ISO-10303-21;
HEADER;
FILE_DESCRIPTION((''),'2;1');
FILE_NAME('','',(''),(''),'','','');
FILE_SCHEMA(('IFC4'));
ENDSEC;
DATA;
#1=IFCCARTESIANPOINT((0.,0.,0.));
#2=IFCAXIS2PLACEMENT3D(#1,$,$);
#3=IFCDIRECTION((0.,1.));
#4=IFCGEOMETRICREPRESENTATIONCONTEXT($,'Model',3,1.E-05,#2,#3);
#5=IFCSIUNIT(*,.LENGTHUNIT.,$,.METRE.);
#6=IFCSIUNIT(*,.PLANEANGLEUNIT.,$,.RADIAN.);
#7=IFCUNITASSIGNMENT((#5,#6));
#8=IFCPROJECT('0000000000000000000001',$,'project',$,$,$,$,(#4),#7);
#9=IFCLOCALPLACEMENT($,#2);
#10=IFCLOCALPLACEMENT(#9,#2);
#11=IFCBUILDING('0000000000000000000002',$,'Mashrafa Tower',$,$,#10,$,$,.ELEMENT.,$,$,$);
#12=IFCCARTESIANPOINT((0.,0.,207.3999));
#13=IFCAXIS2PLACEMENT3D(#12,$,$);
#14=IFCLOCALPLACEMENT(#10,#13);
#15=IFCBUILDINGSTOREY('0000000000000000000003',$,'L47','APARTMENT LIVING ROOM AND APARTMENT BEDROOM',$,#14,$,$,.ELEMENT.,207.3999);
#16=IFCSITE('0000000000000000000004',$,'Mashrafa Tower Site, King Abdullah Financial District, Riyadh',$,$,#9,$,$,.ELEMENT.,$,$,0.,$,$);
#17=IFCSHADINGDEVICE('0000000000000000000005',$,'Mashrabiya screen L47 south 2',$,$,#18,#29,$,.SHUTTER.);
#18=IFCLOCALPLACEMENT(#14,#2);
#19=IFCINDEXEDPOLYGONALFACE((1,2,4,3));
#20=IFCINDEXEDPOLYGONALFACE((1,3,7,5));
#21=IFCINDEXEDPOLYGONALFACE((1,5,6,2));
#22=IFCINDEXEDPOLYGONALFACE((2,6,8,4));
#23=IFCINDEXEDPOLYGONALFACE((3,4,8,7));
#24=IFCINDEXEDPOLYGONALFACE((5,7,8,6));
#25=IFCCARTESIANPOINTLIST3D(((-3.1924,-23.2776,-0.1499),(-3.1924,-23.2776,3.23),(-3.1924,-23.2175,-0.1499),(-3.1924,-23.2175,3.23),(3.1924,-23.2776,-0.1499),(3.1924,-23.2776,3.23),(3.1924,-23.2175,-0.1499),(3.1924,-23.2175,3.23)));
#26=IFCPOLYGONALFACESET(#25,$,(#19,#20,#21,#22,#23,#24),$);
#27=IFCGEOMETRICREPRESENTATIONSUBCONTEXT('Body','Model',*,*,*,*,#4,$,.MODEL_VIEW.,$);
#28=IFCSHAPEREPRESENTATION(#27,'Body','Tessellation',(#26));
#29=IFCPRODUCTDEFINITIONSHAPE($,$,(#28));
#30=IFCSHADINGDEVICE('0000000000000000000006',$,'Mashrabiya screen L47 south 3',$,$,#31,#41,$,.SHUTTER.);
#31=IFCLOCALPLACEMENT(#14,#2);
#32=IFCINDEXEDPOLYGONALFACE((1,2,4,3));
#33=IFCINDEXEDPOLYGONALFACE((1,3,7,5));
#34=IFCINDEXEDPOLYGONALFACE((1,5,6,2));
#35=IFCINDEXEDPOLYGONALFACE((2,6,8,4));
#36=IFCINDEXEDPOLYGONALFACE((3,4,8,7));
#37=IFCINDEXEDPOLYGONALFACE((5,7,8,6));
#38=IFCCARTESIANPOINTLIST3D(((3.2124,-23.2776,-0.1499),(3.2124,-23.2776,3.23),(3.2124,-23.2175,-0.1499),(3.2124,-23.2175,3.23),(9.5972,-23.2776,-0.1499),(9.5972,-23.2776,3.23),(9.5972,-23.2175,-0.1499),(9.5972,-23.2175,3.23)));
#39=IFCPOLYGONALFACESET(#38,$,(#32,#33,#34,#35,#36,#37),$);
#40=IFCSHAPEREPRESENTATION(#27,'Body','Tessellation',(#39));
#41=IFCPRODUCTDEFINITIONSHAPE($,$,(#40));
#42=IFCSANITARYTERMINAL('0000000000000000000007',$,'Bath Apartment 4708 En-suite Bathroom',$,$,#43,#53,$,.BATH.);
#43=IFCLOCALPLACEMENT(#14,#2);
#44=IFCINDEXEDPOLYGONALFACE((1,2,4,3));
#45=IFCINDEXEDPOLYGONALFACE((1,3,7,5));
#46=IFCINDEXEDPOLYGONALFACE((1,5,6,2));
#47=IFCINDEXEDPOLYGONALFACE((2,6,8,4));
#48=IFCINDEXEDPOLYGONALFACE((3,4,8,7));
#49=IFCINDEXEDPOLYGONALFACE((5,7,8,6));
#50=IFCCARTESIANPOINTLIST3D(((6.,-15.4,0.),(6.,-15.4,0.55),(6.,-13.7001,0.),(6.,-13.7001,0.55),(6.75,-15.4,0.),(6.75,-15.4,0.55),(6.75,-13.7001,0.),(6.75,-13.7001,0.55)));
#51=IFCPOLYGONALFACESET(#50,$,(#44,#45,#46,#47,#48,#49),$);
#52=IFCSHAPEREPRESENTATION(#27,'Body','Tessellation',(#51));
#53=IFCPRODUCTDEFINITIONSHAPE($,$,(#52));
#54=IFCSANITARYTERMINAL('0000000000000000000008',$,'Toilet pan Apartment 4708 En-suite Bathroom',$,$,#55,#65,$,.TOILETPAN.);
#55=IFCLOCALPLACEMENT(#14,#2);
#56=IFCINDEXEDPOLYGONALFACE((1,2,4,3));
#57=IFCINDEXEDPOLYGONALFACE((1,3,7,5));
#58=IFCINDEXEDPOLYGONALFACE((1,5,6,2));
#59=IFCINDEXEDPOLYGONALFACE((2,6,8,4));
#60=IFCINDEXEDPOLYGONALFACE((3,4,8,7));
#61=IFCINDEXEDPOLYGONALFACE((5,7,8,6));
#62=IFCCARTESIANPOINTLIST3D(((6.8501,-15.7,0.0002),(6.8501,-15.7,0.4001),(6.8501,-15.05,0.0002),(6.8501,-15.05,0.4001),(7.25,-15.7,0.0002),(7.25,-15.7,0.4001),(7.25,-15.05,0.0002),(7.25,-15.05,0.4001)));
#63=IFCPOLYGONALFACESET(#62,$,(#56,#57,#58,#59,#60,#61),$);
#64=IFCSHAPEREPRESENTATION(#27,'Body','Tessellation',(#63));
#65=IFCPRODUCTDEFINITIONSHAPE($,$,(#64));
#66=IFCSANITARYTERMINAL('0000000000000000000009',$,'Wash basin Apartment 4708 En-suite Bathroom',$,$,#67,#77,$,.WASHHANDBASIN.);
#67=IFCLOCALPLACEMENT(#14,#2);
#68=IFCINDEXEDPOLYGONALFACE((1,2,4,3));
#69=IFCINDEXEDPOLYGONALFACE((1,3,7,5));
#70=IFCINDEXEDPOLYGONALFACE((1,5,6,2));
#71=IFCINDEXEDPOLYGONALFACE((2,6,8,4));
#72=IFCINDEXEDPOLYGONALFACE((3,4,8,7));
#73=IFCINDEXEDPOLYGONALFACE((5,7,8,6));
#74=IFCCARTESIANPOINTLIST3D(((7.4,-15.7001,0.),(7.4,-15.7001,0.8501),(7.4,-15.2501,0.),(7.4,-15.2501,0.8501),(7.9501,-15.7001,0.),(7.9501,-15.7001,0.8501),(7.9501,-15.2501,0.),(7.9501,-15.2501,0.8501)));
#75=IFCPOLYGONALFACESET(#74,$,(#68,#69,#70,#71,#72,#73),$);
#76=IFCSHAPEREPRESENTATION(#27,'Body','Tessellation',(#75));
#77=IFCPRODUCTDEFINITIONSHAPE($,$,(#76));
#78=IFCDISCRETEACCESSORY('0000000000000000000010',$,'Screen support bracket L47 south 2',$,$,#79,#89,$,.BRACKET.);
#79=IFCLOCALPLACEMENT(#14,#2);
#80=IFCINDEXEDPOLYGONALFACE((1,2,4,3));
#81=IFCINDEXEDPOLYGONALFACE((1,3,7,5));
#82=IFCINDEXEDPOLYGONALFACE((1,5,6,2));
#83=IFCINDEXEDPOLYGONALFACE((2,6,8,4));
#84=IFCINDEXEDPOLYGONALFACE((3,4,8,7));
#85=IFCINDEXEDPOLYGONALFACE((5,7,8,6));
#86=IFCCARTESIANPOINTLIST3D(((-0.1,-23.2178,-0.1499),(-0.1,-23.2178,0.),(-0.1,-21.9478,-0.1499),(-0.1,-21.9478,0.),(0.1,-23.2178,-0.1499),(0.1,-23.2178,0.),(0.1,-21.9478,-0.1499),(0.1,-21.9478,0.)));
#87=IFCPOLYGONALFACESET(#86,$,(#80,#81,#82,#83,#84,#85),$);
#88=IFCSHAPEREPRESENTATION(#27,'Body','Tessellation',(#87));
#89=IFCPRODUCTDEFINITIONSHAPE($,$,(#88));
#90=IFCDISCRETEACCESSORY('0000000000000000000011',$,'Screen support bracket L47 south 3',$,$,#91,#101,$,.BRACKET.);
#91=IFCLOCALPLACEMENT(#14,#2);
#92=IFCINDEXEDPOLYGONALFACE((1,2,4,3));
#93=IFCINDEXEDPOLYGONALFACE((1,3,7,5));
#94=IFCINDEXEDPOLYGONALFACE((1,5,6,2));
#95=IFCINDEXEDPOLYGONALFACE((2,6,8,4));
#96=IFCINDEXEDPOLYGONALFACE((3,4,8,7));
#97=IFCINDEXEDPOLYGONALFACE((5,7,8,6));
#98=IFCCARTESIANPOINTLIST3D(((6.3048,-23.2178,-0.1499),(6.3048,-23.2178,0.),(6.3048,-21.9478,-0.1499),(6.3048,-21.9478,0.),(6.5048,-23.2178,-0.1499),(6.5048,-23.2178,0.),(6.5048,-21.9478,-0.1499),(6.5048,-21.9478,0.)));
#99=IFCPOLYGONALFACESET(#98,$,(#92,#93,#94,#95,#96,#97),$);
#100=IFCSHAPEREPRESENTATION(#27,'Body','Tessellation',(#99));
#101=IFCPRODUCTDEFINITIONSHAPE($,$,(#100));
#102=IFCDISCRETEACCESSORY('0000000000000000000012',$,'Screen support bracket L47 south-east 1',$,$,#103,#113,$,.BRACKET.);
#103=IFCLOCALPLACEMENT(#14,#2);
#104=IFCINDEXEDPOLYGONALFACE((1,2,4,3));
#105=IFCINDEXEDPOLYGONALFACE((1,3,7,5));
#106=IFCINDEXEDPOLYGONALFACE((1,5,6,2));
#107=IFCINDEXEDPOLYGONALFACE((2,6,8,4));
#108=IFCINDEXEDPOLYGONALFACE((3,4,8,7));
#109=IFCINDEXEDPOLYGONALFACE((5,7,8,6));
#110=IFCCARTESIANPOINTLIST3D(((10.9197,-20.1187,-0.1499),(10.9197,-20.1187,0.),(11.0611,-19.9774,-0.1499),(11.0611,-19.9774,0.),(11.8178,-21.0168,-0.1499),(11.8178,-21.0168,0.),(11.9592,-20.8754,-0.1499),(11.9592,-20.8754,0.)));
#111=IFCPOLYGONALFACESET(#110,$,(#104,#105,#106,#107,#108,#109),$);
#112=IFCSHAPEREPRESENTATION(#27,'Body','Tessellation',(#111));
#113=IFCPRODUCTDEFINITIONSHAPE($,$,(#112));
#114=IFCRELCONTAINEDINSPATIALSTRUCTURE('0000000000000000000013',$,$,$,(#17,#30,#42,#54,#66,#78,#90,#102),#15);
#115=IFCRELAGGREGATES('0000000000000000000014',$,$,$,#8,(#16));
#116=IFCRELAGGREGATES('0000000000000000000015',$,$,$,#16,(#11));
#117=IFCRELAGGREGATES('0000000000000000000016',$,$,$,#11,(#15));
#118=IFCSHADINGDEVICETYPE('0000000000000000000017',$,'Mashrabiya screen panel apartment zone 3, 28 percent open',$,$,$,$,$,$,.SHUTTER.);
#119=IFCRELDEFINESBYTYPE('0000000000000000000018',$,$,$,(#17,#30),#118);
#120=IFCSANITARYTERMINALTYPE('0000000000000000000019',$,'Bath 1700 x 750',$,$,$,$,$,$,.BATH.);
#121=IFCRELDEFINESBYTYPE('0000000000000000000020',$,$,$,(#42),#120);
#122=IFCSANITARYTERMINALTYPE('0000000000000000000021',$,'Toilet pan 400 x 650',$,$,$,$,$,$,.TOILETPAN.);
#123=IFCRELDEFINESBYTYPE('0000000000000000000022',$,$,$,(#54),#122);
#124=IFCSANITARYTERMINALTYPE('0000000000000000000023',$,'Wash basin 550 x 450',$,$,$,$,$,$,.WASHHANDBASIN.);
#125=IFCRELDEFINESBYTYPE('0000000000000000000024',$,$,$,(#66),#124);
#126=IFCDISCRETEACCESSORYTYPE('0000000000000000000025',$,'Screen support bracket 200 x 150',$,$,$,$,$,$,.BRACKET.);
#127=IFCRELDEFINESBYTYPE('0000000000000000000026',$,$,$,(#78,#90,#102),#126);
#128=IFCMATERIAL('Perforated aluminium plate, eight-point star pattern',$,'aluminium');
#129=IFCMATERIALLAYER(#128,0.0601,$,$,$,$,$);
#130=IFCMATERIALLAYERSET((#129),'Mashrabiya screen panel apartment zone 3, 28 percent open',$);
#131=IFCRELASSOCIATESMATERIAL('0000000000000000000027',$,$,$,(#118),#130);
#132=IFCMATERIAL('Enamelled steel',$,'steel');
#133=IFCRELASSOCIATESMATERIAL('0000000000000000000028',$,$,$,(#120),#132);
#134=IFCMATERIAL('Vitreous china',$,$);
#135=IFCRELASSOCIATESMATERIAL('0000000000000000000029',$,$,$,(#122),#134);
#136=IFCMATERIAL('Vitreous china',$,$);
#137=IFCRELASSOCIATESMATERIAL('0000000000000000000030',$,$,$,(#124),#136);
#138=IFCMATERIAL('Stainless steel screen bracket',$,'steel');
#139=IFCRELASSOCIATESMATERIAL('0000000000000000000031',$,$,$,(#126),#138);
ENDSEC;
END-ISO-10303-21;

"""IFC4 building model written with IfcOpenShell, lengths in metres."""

from ifc_helpers import new_model, si_unit, direction, frame, origin, origin_2d, place, context, subcontext, project, spatial, rectangle, extrude, source, transform, mapped, material, layer, layer_set, type_object, type_shapes, element, save


model = new_model("IFC4")

# Units and contexts
model_context = context("Model", 3, precision=1e-05, world=origin(), true_north=direction((0.0, 1.0)))
body_context = subcontext(model_context, "Body", "Model", "MODEL_VIEW")
ifc_project = project(units=[si_unit("LENGTHUNIT", "METRE"), si_unit("PLANEANGLEUNIT", "RADIAN")], contexts=[model_context])

# Site, building, storey
site_placement = place(None, origin())
site = spatial("IfcSite", under=ifc_project, at=site_placement, Name="Mashrafa Tower Site, King Abdullah Financial District, Riyadh", CompositionType="ELEMENT", RefElevation=0.0)
building_placement = place(site_placement, origin())
building = spatial("IfcBuilding", under=site, at=building_placement, Name="Mashrafa Tower", CompositionType="ELEMENT")
storey_placement = place(building_placement, frame((0.0, 0.0, 207.3999)))
storey = spatial("IfcBuildingStorey", under=building, at=storey_placement, Name="L47", Description="APARTMENT LIVING ROOM AND APARTMENT BEDROOM", CompositionType="ELEMENT", Elevation=207.3999)

# Shading devices
ifc_material_1 = material(Name="Perforated aluminium plate, eight-point star pattern", Category="aluminium")
ifc_layer_1 = layer(ifc_material_1, 0.0601)
ifc_layer_set_1 = layer_set([ifc_layer_1], Name="Mashrabiya screen panel apartment zone 3, 28 percent open")
shading_device_type = type_object("IfcShadingDeviceType", Name="Mashrabiya screen panel apartment zone 3, 28 percent open", PredefinedType="SHUTTER", material=ifc_layer_set_1)
shared_shape_1 = source(origin(), body_context, "Body", "SweptSolid", [
    extrude(rectangle(XDim=6.3848, YDim=0.0601, at=origin_2d()), origin(), (0.0, 0.0, 1.0), 3.3799),
])
type_shapes(shading_device_type, [shared_shape_1])
for number, where, z_axis, x_axis, name in (
    (1, (0.0, -23.2476, -0.1499), (0.0, 0.0, 1.0), (1.0, 0.0, 0.0), "Mashrabiya screen L47 south 2"),
    (2, (6.4048, -23.2476, -0.1499), (0.0, 0.0, 1.0), (1.0, 0.0, 0.0), "Mashrabiya screen L47 south 3"),
):
    element("IfcShadingDevice", number, at=place(storey_placement, frame(where, z_axis=z_axis, x_axis=x_axis)), inside=storey, type_object=shading_device_type, Name=name, PredefinedType="SHUTTER", context=body_context, shape_type="MappedRepresentation", body=[
        mapped(shared_shape_1, transform((0.0, 0.0, 0.0))),
    ])

# Sanitary terminals
ifc_material_2 = material(Name="Enamelled steel", Category="steel")
sanitary_terminal_type_1 = type_object("IfcSanitaryTerminalType", Name="Bath 1700 x 750", PredefinedType="BATH", material=ifc_material_2)
sanitary_terminal_1_placement = place(storey_placement, frame((6.375, -14.55, 0.0), z_axis=(0.0, 0.0, 1.0), x_axis=(0.0, -1.0, 0.0)))
element("IfcSanitaryTerminal", 3, at=sanitary_terminal_1_placement, inside=storey, type_object=sanitary_terminal_type_1, Name="Bath Apartment 4708 En-suite Bathroom", PredefinedType="BATH", context=body_context, shape_type="SweptSolid", body=[
    extrude(rectangle(XDim=1.7, YDim=0.75, at=origin_2d()), origin(), (0.0, 0.0, 1.0), 0.55),
])
ifc_material_3 = material(Name="Vitreous china")
sanitary_terminal_type_2 = type_object("IfcSanitaryTerminalType", Name="Toilet pan 400 x 650", PredefinedType="TOILETPAN", material=ifc_material_3)
sanitary_terminal_2_placement = place(storey_placement, frame((7.05, -15.375, 0.0002), z_axis=(0.0, 0.0, 1.0), x_axis=(1.0, 0.0, 0.0)))
element("IfcSanitaryTerminal", 4, at=sanitary_terminal_2_placement, inside=storey, type_object=sanitary_terminal_type_2, Name="Toilet pan Apartment 4708 En-suite Bathroom", PredefinedType="TOILETPAN", context=body_context, shape_type="SweptSolid", body=[
    extrude(rectangle(XDim=0.3999, YDim=0.6499, at=origin_2d()), origin(), (0.0, 0.0, 1.0), 0.3999),
])
ifc_material_4 = material(Name="Vitreous china")
sanitary_terminal_type_3 = type_object("IfcSanitaryTerminalType", Name="Wash basin 550 x 450", PredefinedType="WASHHANDBASIN", material=ifc_material_4)
sanitary_terminal_3_placement = place(storey_placement, frame((7.675, -15.4751, 0.0), z_axis=(0.0, 0.0, 1.0), x_axis=(1.0, 0.0, 0.0)))
element("IfcSanitaryTerminal", 5, at=sanitary_terminal_3_placement, inside=storey, type_object=sanitary_terminal_type_3, Name="Wash basin Apartment 4708 En-suite Bathroom", PredefinedType="WASHHANDBASIN", context=body_context, shape_type="SweptSolid", body=[
    extrude(rectangle(XDim=0.55, YDim=0.45, at=origin_2d()), origin(), (0.0, 0.0, 1.0), 0.8501),
])

# Discrete accessories
ifc_material_5 = material(Name="Stainless steel screen bracket", Category="steel")
discrete_accessory_type = type_object("IfcDiscreteAccessoryType", Name="Screen support bracket 200 x 150", PredefinedType="BRACKET", material=ifc_material_5)
shared_shape_2 = source(origin(), body_context, "Body", "SweptSolid", [
    extrude(rectangle(XDim=0.2, YDim=1.27, at=origin_2d()), origin(), (0.0, 0.0, 1.0), 0.1499),
])
type_shapes(discrete_accessory_type, [shared_shape_2])
for number, where, z_axis, x_axis, name in (
    (6, (0.0, -22.5828, -0.1499), (0.0, 0.0, 1.0), (1.0, 0.0, 0.0), "Screen support bracket L47 south 2"),
    (7, (6.4048, -22.5828, -0.1499), (0.0, 0.0, 1.0), (1.0, 0.0, 0.0), "Screen support bracket L47 south 3"),
    (8, (11.4395, -20.4971, -0.1499), (0.0, 0.0, 1.0), (0.707107, 0.707107, 0.0), "Screen support bracket L47 south-east 1"),
):
    element("IfcDiscreteAccessory", number, at=place(storey_placement, frame(where, z_axis=z_axis, x_axis=x_axis)), inside=storey, type_object=discrete_accessory_type, Name=name, PredefinedType="BRACKET", context=body_context, shape_type="MappedRepresentation", body=[
        mapped(shared_shape_2, transform((0.0, 0.0, 0.0))),
    ])

save(model, "model.ifc")
